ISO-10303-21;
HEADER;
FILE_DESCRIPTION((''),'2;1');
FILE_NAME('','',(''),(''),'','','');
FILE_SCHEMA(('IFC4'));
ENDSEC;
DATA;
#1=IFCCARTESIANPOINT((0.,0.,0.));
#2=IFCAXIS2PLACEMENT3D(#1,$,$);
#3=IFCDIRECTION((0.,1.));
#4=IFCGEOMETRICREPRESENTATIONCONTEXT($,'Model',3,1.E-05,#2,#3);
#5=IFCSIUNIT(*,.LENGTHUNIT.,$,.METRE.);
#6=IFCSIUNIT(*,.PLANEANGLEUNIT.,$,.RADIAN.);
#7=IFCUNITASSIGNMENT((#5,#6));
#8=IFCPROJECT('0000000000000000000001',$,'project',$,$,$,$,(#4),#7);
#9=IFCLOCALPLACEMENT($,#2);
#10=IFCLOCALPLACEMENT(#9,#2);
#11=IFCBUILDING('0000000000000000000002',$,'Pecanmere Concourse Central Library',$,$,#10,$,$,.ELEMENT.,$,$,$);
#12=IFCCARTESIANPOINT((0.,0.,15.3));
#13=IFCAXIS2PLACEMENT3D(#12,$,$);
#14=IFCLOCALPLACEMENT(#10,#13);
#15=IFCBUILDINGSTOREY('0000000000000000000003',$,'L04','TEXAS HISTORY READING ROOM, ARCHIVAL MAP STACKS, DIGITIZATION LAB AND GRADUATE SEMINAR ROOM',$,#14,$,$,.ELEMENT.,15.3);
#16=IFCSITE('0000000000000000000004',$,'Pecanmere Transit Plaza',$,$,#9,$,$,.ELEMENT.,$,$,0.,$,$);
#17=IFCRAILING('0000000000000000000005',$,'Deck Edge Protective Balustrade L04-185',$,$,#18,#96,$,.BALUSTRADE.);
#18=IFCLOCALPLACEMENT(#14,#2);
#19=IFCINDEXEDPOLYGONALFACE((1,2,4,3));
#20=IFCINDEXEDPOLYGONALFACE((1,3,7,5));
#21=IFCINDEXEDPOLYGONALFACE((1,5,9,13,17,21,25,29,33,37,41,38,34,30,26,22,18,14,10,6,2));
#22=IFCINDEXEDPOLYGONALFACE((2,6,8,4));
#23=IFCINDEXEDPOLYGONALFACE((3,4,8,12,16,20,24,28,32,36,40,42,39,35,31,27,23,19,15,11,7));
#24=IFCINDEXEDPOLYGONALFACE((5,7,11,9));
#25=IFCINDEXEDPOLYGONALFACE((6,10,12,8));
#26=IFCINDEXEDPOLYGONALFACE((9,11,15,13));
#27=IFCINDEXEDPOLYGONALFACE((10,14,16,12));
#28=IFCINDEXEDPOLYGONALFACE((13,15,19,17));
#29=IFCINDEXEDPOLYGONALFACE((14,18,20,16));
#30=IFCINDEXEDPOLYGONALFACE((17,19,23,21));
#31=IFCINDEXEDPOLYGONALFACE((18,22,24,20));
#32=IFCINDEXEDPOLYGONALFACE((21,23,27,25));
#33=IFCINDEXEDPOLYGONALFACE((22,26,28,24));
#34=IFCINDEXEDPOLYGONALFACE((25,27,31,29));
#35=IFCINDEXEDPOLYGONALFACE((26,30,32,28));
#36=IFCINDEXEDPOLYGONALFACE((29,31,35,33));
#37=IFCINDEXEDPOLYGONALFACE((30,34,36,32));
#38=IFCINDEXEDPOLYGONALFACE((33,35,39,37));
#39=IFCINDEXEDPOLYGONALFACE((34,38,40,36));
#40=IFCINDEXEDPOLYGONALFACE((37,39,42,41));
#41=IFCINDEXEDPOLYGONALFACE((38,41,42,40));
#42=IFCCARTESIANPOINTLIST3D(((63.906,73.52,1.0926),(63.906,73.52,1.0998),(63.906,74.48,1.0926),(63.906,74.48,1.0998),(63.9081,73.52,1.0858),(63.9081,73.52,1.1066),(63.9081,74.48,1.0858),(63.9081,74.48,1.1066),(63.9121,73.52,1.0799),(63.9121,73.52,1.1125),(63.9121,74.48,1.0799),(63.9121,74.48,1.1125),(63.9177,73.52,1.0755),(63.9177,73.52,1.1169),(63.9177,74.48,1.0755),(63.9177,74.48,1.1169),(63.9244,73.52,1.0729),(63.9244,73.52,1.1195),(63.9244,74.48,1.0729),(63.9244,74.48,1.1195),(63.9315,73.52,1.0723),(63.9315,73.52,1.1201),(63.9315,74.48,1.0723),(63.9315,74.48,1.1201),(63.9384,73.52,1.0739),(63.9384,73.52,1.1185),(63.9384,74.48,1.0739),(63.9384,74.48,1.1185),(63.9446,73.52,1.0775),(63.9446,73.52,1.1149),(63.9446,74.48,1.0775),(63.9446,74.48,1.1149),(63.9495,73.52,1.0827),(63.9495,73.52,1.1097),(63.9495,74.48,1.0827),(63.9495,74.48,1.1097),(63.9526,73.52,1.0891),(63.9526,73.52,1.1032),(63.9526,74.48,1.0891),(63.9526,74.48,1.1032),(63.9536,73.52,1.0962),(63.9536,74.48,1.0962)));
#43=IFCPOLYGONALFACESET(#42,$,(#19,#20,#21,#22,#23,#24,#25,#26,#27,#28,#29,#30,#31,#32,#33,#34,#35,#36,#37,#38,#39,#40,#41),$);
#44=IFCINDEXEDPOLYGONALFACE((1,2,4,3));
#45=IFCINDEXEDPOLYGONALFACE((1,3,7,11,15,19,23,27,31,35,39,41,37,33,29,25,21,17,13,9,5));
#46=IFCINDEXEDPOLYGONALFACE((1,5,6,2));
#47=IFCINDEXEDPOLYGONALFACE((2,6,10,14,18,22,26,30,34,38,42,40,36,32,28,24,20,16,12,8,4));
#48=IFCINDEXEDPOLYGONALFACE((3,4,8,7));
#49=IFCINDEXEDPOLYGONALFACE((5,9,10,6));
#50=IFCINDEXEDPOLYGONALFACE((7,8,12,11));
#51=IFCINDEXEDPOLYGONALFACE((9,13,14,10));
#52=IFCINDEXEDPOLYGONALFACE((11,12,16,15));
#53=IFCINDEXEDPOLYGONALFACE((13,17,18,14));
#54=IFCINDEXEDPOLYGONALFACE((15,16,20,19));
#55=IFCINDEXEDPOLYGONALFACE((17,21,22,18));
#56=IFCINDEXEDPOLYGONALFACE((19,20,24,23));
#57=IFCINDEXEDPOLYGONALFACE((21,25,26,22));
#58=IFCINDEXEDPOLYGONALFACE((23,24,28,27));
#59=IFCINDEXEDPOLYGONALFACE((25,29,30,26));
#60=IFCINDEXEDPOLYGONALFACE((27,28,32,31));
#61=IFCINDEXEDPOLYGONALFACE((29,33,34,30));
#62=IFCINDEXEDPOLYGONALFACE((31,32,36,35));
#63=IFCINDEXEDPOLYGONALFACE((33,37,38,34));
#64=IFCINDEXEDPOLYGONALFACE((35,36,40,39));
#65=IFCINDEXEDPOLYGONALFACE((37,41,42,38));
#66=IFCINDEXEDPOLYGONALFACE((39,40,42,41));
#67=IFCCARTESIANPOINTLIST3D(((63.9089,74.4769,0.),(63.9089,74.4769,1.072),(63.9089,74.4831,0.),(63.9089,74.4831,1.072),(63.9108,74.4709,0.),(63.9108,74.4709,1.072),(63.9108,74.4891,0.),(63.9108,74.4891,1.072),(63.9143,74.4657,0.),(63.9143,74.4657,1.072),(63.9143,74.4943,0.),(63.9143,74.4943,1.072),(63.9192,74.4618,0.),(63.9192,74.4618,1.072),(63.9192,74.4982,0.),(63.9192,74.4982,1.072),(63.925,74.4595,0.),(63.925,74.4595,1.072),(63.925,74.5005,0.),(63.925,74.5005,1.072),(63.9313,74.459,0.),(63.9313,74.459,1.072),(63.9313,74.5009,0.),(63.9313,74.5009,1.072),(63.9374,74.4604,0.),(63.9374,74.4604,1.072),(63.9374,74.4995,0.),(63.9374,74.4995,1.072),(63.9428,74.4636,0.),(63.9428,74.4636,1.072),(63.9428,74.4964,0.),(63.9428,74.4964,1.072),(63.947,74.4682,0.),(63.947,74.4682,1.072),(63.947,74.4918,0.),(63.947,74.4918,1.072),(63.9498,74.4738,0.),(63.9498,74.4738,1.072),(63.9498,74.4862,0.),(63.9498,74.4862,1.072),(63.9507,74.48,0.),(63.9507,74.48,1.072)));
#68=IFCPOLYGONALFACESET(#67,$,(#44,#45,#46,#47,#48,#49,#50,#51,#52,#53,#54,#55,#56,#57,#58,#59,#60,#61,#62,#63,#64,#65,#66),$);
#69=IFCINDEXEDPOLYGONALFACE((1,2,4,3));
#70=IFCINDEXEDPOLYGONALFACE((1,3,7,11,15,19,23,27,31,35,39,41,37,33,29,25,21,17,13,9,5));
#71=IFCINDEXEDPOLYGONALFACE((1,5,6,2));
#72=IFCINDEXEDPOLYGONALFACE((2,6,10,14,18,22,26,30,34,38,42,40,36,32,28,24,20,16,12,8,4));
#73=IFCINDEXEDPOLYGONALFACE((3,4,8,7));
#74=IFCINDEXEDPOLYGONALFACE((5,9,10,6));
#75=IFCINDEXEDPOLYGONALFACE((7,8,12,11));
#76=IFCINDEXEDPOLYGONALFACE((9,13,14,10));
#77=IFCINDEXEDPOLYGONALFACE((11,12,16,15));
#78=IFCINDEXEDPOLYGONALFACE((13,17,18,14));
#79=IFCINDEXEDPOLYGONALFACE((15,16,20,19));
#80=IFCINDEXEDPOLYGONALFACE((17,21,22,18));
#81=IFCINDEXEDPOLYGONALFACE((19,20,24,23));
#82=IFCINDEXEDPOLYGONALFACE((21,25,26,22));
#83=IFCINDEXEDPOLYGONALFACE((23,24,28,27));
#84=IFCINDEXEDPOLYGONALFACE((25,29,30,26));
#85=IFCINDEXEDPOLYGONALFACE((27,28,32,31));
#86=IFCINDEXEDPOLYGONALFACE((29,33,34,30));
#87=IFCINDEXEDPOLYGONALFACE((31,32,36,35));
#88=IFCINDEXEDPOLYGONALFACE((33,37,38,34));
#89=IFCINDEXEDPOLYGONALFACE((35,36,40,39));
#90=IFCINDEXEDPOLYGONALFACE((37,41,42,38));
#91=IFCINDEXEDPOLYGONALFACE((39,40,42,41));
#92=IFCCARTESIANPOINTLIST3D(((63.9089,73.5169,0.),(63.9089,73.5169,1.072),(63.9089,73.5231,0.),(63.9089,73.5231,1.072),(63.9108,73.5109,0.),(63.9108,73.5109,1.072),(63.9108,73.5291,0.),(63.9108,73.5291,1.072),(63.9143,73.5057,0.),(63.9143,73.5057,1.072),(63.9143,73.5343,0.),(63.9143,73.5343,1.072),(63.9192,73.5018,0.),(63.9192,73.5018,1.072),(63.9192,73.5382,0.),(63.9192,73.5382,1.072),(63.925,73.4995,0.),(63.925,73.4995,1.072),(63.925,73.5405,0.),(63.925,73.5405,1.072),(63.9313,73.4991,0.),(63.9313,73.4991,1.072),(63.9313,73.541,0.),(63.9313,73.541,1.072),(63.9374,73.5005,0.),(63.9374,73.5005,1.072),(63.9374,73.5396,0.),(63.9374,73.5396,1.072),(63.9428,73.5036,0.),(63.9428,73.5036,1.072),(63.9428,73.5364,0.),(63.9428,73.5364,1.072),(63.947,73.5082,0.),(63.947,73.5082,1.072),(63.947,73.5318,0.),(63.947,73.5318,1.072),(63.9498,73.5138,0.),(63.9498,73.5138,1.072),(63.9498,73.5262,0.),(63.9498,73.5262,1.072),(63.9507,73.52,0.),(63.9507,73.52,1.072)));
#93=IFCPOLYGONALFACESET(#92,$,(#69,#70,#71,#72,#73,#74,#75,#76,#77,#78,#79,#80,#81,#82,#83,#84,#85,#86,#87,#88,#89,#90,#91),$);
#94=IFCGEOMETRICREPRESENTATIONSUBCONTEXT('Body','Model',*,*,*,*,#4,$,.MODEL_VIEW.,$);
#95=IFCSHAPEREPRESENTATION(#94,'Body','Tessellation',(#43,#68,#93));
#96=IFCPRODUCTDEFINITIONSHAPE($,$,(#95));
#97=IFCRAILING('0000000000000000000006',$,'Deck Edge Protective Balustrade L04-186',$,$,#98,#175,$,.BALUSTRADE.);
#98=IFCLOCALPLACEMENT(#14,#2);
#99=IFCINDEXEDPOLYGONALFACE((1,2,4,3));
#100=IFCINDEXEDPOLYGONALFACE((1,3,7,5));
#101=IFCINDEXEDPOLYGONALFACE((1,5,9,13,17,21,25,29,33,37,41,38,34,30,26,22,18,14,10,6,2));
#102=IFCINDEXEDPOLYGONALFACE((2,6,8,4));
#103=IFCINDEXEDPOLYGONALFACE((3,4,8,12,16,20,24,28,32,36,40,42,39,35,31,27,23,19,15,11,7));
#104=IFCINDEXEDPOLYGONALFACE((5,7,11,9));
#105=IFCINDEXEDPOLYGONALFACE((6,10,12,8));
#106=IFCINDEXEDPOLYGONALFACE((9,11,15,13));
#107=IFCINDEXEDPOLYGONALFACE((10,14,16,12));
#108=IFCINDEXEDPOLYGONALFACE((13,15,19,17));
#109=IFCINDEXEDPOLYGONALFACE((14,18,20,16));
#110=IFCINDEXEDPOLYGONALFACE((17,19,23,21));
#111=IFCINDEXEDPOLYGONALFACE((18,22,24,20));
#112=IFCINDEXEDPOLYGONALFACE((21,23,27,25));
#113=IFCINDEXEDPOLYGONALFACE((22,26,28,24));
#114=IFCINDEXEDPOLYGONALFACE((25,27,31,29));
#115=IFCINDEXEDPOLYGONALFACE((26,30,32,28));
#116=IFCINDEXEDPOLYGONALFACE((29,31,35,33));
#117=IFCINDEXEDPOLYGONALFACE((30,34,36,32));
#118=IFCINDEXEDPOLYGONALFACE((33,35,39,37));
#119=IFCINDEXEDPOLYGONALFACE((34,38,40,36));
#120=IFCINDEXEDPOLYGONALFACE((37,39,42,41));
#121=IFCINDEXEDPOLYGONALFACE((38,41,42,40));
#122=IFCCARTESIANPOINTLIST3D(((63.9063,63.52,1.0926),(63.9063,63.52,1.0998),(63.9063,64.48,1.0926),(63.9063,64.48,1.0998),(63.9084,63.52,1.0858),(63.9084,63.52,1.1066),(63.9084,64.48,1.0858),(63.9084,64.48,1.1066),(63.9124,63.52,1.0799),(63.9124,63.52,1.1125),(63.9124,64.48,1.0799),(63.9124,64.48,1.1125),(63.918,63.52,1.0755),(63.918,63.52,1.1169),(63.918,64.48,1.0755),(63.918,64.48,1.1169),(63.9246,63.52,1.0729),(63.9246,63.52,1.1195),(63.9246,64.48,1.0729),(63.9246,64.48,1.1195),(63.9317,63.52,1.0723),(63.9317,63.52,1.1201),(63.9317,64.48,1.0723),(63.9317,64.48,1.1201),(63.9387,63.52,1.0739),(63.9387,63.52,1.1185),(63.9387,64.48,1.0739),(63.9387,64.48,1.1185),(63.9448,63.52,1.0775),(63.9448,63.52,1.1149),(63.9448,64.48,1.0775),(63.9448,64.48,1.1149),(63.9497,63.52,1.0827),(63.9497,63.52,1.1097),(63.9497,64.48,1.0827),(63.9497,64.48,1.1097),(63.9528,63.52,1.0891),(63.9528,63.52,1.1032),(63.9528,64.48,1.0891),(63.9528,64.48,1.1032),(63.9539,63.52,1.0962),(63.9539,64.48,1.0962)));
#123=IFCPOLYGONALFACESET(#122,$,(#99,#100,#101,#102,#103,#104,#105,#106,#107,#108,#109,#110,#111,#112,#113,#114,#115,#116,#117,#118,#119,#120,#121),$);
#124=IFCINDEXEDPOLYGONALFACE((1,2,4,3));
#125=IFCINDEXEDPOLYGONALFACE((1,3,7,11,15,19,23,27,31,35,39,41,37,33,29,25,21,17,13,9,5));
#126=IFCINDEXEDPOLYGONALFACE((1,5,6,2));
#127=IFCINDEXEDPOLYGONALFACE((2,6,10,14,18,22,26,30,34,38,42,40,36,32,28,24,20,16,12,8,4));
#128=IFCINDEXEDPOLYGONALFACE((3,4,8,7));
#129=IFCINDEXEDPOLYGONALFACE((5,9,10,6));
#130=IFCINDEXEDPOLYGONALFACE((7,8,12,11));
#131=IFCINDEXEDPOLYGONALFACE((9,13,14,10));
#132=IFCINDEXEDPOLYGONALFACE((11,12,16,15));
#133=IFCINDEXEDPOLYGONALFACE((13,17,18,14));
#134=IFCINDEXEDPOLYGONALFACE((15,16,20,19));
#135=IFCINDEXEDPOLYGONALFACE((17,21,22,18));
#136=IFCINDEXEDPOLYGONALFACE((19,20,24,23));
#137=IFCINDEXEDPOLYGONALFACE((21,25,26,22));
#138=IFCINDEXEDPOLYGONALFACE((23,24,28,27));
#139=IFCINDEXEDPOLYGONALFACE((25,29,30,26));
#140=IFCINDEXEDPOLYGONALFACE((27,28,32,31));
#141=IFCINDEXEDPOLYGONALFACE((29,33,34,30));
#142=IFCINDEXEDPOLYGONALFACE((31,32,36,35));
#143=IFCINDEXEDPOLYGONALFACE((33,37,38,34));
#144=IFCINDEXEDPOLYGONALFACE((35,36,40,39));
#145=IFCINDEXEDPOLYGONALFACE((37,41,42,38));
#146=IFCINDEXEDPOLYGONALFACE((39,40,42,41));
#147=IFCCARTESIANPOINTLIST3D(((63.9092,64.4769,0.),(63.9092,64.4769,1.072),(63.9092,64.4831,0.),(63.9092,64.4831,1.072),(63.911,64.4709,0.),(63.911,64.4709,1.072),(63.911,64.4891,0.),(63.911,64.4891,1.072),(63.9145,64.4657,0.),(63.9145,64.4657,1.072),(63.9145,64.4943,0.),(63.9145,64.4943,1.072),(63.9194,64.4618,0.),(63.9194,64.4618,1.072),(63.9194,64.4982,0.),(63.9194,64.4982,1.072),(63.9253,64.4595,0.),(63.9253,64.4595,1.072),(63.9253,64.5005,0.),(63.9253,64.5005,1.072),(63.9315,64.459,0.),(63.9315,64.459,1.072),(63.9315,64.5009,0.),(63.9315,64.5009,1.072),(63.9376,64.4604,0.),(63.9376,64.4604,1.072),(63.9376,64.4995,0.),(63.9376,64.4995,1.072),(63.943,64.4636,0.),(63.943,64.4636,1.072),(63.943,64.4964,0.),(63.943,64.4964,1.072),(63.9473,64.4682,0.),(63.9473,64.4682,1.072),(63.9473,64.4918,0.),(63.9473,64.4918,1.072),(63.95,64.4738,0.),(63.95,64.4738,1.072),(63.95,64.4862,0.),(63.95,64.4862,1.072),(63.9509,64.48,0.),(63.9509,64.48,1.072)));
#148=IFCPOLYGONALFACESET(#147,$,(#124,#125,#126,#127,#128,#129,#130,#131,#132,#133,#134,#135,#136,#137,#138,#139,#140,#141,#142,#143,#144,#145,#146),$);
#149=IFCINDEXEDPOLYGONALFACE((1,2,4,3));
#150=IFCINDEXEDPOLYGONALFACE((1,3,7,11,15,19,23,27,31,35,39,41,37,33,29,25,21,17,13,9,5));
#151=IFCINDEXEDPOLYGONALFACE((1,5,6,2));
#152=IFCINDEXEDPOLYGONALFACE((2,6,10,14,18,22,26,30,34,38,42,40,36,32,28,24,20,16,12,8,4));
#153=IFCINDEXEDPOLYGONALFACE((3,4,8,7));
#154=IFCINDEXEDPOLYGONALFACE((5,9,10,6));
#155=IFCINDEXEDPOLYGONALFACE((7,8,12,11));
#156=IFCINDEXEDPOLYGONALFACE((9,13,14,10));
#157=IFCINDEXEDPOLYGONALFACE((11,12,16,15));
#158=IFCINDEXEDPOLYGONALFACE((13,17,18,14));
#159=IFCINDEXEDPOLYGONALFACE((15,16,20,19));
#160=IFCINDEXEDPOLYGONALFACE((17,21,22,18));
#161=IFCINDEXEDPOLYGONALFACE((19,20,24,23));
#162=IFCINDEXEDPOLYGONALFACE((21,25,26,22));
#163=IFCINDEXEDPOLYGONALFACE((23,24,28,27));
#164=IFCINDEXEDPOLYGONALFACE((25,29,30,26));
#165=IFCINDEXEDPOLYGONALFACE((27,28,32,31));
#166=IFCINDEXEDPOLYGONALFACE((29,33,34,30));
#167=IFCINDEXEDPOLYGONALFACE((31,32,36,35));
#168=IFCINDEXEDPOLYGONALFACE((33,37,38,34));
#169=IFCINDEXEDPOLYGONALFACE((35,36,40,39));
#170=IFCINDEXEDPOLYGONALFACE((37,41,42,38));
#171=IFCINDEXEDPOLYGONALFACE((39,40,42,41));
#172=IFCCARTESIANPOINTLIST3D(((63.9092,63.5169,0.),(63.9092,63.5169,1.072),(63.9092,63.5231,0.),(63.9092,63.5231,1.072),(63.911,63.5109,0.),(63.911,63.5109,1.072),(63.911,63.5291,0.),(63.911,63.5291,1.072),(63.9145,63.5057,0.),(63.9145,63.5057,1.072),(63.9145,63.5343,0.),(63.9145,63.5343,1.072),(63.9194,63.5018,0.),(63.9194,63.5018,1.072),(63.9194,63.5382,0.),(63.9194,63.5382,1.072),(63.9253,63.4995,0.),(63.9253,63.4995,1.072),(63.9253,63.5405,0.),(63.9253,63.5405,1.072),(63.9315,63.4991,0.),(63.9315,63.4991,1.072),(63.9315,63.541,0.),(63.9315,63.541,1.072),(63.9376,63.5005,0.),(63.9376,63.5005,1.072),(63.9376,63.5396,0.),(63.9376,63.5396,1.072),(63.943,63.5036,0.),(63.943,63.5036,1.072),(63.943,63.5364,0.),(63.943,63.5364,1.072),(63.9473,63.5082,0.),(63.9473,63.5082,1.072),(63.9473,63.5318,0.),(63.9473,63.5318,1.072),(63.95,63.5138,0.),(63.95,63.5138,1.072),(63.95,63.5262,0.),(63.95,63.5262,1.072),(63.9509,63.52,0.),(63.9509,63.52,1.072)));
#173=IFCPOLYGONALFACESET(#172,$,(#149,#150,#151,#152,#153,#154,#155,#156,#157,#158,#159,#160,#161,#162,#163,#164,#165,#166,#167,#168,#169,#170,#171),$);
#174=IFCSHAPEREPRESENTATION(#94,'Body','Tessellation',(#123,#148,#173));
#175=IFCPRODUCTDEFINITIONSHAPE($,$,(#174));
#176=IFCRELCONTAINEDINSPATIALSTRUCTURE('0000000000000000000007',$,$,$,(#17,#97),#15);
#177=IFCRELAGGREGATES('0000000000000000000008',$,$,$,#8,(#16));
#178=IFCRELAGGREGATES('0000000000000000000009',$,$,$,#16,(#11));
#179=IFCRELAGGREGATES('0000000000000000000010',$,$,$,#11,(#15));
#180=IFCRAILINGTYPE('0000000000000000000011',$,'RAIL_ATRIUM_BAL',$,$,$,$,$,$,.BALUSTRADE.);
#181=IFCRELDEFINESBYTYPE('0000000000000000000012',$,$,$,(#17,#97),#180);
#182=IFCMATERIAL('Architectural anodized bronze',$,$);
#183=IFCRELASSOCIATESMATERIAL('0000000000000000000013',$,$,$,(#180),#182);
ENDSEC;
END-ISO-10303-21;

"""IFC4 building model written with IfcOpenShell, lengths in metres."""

from ifc_helpers import new_model, si_unit, direction, frame, origin, origin_2d, place, context, subcontext, project, spatial, circle, extrude, material, type_object, element, save


model = new_model("IFC4")

# Units and contexts
model_context = context("Model", 3, precision=1e-05, world=origin(), true_north=direction((0.0, 1.0)))
body_context = subcontext(model_context, "Body", "Model", "MODEL_VIEW")
ifc_project = project(units=[si_unit("LENGTHUNIT", "METRE"), si_unit("PLANEANGLEUNIT", "RADIAN")], contexts=[model_context])

# Site, building, storey
site_placement = place(None, origin())
site = spatial("IfcSite", under=ifc_project, at=site_placement, Name="Pecanmere Transit Plaza", CompositionType="ELEMENT", RefElevation=0.0)
building_placement = place(site_placement, origin())
building = spatial("IfcBuilding", under=site, at=building_placement, Name="Pecanmere Concourse Central Library", CompositionType="ELEMENT")
storey_placement = place(building_placement, frame((0.0, 0.0, 15.3)))
storey = spatial("IfcBuildingStorey", under=building, at=storey_placement, Name="L04", Description="TEXAS HISTORY READING ROOM, ARCHIVAL MAP STACKS, DIGITIZATION LAB AND GRADUATE SEMINAR ROOM", CompositionType="ELEMENT", Elevation=15.3)

# Railings
ifc_material_1 = material(Name="Architectural anodized bronze")
railing_type = type_object("IfcRailingType", Name="RAIL_ATRIUM_BAL", PredefinedType="BALUSTRADE", material=ifc_material_1)
for number, where, name in (
    (1, (63.9297, 74.48, 0.0), "Deck Edge Protective Balustrade L04-185"),
    (2, (63.9299, 64.48, 0.0), "Deck Edge Protective Balustrade L04-186"),
):
    element("IfcRailing", number, at=place(storey_placement, frame(where)), inside=storey, type_object=railing_type, Name=name, PredefinedType="BALUSTRADE", context=body_context, shape_type="SweptSolid", body=[
        extrude(circle(Radius=0.0239, at=origin_2d()), frame((0.0, 0.0, 1.0962), z_axis=(0.0, -1.0, 0.0), x_axis=(1.0, 0.0, 0.0)), (0.0, 0.0, 1.0), 0.96),
        extrude(circle(Radius=0.021, at=origin_2d()), origin(), (0.0, 0.0, 1.0), 1.072),
        extrude(circle(Radius=0.021, at=origin_2d()), frame((0.0, -0.96, 0.0)), (0.0, 0.0, 1.0), 1.072),
    ])

save(model, "model.ifc")
